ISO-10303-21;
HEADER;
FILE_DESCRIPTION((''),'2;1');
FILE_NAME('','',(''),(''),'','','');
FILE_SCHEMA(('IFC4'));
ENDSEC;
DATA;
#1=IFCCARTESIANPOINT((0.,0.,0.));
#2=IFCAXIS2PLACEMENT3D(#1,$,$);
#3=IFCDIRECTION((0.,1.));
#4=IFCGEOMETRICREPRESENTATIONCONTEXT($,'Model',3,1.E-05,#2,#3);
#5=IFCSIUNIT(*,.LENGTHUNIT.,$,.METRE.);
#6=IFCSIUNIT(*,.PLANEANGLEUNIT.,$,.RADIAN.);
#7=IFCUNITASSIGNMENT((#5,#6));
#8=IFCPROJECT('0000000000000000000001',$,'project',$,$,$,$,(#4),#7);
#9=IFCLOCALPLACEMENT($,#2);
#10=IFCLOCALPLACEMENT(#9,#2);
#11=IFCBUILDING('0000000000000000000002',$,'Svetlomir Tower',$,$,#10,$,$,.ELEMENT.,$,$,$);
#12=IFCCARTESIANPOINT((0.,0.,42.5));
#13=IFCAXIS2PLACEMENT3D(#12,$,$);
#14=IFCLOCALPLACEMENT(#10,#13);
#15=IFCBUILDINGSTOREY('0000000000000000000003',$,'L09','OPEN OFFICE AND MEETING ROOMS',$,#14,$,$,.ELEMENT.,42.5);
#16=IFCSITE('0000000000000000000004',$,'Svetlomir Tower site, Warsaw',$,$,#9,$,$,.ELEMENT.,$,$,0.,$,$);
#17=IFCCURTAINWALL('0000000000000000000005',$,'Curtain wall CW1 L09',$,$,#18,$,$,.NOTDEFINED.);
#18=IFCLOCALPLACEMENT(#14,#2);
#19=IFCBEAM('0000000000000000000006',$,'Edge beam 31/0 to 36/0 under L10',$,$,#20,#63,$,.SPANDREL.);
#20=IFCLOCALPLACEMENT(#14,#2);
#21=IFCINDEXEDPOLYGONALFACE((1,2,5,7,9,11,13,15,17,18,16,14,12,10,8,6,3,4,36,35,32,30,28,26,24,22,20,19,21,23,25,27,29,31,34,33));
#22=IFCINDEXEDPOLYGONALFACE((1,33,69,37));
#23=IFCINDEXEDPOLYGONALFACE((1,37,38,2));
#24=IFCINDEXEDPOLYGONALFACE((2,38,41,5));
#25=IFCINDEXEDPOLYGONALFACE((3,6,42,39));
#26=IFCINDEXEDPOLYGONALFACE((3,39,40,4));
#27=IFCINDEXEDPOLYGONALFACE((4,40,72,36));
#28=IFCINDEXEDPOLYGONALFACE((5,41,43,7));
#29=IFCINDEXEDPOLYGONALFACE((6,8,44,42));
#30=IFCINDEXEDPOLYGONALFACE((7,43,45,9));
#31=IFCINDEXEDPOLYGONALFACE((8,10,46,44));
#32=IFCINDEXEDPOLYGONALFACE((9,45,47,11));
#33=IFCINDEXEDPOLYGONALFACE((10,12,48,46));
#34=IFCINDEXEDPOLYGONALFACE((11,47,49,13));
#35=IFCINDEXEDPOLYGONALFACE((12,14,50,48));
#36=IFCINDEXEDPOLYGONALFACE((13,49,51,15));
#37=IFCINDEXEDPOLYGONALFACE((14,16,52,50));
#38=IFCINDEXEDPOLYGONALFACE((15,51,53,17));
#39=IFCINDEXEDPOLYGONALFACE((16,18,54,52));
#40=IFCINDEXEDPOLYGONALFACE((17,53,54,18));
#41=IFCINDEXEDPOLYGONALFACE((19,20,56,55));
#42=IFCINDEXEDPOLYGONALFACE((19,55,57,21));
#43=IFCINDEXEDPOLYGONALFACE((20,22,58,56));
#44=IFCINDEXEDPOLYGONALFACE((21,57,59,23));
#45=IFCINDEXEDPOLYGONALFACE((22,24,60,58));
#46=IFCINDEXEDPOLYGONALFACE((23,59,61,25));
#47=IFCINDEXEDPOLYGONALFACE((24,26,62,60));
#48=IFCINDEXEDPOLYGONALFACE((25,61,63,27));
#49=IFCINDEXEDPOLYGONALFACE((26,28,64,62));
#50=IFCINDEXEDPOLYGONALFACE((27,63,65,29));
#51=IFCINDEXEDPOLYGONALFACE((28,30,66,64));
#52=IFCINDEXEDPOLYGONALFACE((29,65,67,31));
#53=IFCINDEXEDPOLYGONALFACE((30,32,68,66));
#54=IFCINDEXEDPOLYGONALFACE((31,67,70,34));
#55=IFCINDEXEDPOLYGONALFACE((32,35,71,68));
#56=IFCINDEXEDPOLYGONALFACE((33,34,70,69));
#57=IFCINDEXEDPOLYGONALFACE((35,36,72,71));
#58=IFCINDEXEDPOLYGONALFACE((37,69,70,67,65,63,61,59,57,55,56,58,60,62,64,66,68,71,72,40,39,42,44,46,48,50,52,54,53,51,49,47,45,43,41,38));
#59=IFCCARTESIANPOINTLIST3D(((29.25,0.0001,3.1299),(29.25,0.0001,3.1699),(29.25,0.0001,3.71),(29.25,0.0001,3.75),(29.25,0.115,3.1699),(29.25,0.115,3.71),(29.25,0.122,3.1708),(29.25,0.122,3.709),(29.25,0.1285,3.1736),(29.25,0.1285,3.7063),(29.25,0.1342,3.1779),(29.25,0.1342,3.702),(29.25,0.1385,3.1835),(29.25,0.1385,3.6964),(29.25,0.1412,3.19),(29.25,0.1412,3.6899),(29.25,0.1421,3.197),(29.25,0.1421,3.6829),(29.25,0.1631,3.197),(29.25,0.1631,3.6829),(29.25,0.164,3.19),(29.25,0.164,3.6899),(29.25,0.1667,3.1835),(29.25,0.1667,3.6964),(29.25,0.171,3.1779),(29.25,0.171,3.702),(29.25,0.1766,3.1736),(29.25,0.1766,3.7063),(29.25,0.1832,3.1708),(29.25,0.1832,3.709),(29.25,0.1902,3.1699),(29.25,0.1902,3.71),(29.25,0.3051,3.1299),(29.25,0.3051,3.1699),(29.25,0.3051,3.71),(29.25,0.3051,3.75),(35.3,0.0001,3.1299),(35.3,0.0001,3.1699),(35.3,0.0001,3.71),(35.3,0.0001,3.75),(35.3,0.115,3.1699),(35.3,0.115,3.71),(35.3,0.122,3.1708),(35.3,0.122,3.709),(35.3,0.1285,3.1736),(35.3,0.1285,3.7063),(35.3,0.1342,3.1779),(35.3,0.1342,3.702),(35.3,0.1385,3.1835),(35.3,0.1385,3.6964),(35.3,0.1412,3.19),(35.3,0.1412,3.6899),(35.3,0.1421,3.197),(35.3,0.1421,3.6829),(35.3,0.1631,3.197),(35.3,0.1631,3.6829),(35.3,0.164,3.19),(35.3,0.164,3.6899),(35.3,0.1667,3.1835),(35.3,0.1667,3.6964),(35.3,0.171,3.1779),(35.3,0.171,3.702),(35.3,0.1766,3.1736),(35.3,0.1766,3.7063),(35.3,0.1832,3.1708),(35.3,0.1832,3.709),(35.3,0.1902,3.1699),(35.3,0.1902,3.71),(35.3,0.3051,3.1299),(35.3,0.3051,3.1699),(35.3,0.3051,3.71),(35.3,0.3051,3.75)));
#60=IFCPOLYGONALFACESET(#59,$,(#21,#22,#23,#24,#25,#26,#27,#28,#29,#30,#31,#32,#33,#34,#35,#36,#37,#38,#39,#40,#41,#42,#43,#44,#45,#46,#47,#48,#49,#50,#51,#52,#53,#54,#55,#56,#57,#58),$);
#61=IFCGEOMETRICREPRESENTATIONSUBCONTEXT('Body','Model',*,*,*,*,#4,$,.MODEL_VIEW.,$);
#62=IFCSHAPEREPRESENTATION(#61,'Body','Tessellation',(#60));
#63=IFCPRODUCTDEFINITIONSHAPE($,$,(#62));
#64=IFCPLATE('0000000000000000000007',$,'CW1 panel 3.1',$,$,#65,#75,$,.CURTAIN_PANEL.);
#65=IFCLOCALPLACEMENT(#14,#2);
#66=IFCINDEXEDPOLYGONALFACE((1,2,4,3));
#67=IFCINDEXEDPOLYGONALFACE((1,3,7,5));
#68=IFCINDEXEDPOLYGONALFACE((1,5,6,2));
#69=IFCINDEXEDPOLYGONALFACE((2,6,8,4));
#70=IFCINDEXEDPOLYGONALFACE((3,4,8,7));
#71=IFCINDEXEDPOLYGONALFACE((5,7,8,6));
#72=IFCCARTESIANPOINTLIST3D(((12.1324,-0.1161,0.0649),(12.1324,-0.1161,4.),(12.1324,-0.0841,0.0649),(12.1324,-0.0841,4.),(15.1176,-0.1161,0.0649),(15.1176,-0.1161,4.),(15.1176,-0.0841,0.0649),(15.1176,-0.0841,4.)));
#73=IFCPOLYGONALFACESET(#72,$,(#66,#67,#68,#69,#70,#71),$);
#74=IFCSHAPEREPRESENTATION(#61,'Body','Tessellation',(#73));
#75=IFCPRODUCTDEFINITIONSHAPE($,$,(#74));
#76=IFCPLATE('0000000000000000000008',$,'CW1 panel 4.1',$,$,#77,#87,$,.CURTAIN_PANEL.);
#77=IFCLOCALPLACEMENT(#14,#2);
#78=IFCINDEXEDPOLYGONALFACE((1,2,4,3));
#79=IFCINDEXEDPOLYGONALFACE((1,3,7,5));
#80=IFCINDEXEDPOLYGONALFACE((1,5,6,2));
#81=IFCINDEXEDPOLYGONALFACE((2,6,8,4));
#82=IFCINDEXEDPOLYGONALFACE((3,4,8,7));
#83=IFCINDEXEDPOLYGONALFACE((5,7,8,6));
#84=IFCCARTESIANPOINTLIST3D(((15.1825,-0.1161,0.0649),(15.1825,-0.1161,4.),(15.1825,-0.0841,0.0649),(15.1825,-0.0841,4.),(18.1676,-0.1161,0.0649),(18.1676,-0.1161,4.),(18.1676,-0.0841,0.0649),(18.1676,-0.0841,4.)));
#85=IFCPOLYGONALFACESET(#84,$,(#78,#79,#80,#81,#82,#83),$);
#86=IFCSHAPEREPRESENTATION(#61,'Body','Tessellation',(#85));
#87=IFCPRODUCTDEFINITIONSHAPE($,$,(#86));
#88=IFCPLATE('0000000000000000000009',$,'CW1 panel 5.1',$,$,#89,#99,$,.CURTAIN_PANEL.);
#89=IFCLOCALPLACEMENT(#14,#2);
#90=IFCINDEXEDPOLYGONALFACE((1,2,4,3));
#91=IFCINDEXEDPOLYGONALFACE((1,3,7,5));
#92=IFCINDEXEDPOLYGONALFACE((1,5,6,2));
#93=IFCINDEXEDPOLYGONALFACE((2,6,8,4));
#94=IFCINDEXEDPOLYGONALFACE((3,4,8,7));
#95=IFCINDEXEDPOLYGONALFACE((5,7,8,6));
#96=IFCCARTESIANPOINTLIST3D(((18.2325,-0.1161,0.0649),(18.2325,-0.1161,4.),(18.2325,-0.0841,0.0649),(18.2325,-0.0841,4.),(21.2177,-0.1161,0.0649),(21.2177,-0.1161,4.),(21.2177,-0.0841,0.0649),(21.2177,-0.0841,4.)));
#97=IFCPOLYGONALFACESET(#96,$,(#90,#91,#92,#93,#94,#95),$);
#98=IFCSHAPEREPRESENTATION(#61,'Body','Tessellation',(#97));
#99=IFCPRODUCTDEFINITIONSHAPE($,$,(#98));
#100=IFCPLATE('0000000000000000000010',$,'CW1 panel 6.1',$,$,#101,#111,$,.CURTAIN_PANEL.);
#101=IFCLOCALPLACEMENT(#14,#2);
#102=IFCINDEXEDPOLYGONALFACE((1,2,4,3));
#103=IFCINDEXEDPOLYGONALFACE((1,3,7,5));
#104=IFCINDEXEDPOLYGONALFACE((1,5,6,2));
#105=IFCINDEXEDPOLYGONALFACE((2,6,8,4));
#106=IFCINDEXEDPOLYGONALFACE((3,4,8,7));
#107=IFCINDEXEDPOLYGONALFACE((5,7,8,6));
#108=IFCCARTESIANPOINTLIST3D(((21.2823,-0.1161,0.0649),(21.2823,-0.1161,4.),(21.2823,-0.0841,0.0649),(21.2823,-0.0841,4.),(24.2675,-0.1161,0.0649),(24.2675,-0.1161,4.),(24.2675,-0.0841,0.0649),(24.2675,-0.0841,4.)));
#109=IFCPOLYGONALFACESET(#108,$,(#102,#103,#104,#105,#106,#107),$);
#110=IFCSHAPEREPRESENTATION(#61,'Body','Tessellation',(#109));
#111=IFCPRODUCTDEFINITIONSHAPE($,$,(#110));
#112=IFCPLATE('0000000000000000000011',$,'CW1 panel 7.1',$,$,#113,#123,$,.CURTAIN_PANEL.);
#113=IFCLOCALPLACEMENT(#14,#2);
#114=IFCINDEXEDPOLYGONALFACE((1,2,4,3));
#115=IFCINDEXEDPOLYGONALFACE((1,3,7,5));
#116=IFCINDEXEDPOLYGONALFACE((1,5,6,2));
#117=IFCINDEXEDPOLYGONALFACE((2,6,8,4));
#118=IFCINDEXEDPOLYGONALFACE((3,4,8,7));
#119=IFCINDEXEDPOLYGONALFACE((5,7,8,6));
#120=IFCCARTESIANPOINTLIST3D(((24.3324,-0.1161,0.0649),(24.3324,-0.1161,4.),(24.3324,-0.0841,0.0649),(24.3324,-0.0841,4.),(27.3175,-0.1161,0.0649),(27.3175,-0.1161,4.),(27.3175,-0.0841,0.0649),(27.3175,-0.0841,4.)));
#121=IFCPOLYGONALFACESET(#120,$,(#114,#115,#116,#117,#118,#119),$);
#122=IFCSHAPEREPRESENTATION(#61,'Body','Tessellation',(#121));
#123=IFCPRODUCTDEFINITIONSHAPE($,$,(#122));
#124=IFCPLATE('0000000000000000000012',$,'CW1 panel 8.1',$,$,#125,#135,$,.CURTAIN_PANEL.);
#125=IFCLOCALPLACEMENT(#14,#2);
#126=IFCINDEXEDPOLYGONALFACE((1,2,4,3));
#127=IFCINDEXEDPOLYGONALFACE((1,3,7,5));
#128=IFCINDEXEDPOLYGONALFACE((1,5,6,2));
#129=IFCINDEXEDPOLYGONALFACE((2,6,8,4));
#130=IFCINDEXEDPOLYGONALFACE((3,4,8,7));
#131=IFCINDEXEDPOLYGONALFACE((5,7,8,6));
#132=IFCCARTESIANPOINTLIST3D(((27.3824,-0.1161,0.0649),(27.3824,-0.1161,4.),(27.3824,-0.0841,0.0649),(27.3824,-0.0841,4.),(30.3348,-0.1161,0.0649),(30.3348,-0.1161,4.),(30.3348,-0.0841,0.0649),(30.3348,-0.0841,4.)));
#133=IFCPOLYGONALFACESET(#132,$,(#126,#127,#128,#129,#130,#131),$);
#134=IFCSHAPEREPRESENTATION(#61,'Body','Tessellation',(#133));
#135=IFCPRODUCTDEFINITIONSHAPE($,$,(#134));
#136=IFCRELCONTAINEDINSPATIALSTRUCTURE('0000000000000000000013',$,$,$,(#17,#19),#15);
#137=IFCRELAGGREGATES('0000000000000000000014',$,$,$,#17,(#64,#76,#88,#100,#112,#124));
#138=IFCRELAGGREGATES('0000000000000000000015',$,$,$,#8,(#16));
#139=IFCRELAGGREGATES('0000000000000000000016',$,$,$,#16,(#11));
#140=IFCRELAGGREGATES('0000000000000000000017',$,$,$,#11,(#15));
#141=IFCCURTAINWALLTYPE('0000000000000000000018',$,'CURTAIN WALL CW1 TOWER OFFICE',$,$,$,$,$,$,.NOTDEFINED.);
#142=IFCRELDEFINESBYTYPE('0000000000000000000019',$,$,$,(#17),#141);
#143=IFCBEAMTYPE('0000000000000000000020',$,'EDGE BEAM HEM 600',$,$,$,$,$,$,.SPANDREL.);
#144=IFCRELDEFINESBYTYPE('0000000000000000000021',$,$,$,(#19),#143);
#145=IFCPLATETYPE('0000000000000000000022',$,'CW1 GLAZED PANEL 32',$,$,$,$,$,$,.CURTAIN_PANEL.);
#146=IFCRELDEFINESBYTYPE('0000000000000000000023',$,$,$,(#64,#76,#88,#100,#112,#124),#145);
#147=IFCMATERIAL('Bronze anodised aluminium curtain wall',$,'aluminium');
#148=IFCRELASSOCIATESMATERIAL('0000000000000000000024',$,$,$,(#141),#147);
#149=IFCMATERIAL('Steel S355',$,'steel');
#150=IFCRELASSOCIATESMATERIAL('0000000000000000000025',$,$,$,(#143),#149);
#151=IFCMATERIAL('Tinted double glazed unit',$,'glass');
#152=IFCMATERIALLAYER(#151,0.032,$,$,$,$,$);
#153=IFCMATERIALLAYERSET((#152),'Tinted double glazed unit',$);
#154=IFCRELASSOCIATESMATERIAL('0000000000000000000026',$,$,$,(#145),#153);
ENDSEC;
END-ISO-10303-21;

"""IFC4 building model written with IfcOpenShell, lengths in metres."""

from ifc_helpers import new_model, si_unit, direction, frame, origin, origin_2d, place, context, subcontext, project, spatial, rectangle, i_section, extrude, material, layer, layer_set, material_profile, profile_set, type_object, element, aggregate, save


model = new_model("IFC4")

# Units and contexts
model_context = context("Model", 3, precision=1e-05, world=origin(), true_north=direction((0.0, 1.0)))
body_context = subcontext(model_context, "Body", "Model", "MODEL_VIEW")
ifc_project = project(units=[si_unit("LENGTHUNIT", "METRE"), si_unit("PLANEANGLEUNIT", "RADIAN")], contexts=[model_context])

# Site, building, storey
site_placement = place(None, origin())
site = spatial("IfcSite", under=ifc_project, at=site_placement, Name="Svetlomir Tower site, Warsaw", CompositionType="ELEMENT", RefElevation=0.0)
building_placement = place(site_placement, origin())
building = spatial("IfcBuilding", under=site, at=building_placement, Name="Svetlomir Tower", CompositionType="ELEMENT")
storey_placement = place(building_placement, frame((0.0, 0.0, 42.5)))
storey = spatial("IfcBuildingStorey", under=building, at=storey_placement, Name="L09", Description="OPEN OFFICE AND MEETING ROOMS", CompositionType="ELEMENT", Elevation=42.5)

# Curtain wall
ifc_material_1 = material(Name="Bronze anodised aluminium curtain wall", Category="aluminium")
curtain_wall_type = type_object("IfcCurtainWallType", Name="CURTAIN WALL CW1 TOWER OFFICE", PredefinedType="NOTDEFINED", material=ifc_material_1)
curtain_wall_placement = place(storey_placement, origin())
curtain_wall = element("IfcCurtainWall", 1, at=curtain_wall_placement, inside=storey, type_object=curtain_wall_type, Name="Curtain wall CW1 L09", PredefinedType="NOTDEFINED")

# Beam
ifc_material_2 = material(Name="Steel S355", Category="steel")
ifc_material_profile_1 = material_profile(ifc_material_2, i_section(OverallWidth=0.3049, OverallDepth=0.6201, WebThickness=0.021, FlangeThickness=0.04, FilletRadius=0.0271, at=origin_2d()), Name="HEM 600")
ifc_profile_set_1 = profile_set([ifc_material_profile_1], Name="Steel S355")
beam_type_1 = type_object("IfcBeamType", Name="EDGE BEAM HEM 600", PredefinedType="SPANDREL", material=ifc_profile_set_1)
beam_1_placement = place(storey_placement, frame((29.25, 0.1526, 3.4399), z_axis=(1.0, 0.0, 0.0), x_axis=(0.0, 1.0, 0.0)))
element("IfcBeam", 2, at=beam_1_placement, inside=storey, type_object=beam_type_1, Name="Edge beam 31/0 to 36/0 under L10", PredefinedType="SPANDREL", context=body_context, shape_type="SweptSolid", body=[
    extrude(i_section(OverallWidth=0.3049, OverallDepth=0.6201, WebThickness=0.021, FlangeThickness=0.04, FilletRadius=0.0271, at=origin_2d()), origin(), (0.0, 0.0, 1.0), 6.05),
])

# Plates
ifc_material_3 = material(Name="Tinted double glazed unit", Category="glass")
ifc_layer_1 = layer(ifc_material_3, 0.032)
ifc_layer_set_1 = layer_set([ifc_layer_1], Name="Tinted double glazed unit")
plate_type = type_object("IfcPlateType", Name="CW1 GLAZED PANEL 32", PredefinedType="CURTAIN_PANEL", material=ifc_layer_set_1)
plate_1_placement = place(storey_placement, frame((13.625, -0.1001, 0.0649), z_axis=(0.0, 0.0, 1.0), x_axis=(1.0, 0.0, 0.0)))
plate_1 = element("IfcPlate", 3, at=plate_1_placement, type_object=plate_type, Name="CW1 panel 3.1", PredefinedType="CURTAIN_PANEL", context=body_context, shape_type="SweptSolid", body=[
    extrude(rectangle(XDim=2.9851, YDim=0.032, at=origin_2d()), origin(), (0.0, 0.0, 1.0), 3.9351),
])
plate_2_placement = place(storey_placement, frame((16.675, -0.1001, 0.0649), z_axis=(0.0, 0.0, 1.0), x_axis=(1.0, 0.0, 0.0)))
plate_2 = element("IfcPlate", 4, at=plate_2_placement, type_object=plate_type, Name="CW1 panel 4.1", PredefinedType="CURTAIN_PANEL", context=body_context, shape_type="SweptSolid", body=[
    extrude(rectangle(XDim=2.9851, YDim=0.032, at=origin_2d()), origin(), (0.0, 0.0, 1.0), 3.9351),
])
plate_3_placement = place(storey_placement, frame((19.7251, -0.1001, 0.0649), z_axis=(0.0, 0.0, 1.0), x_axis=(1.0, 0.0, 0.0)))
plate_3 = element("IfcPlate", 5, at=plate_3_placement, type_object=plate_type, Name="CW1 panel 5.1", PredefinedType="CURTAIN_PANEL", context=body_context, shape_type="SweptSolid", body=[
    extrude(rectangle(XDim=2.9851, YDim=0.032, at=origin_2d()), origin(), (0.0, 0.0, 1.0), 3.9351),
])
plate_4_placement = place(storey_placement, frame((22.7749, -0.1001, 0.0649), z_axis=(0.0, 0.0, 1.0), x_axis=(1.0, 0.0, 0.0)))
plate_4 = element("IfcPlate", 6, at=plate_4_placement, type_object=plate_type, Name="CW1 panel 6.1", PredefinedType="CURTAIN_PANEL", context=body_context, shape_type="SweptSolid", body=[
    extrude(rectangle(XDim=2.9851, YDim=0.032, at=origin_2d()), origin(), (0.0, 0.0, 1.0), 3.9351),
])
plate_5_placement = place(storey_placement, frame((25.825, -0.1001, 0.0649), z_axis=(0.0, 0.0, 1.0), x_axis=(1.0, 0.0, 0.0)))
plate_5 = element("IfcPlate", 7, at=plate_5_placement, type_object=plate_type, Name="CW1 panel 7.1", PredefinedType="CURTAIN_PANEL", context=body_context, shape_type="SweptSolid", body=[
    extrude(rectangle(XDim=2.9851, YDim=0.032, at=origin_2d()), origin(), (0.0, 0.0, 1.0), 3.9351),
])
plate_6_placement = place(storey_placement, frame((28.8586, -0.1001, 0.0649), z_axis=(0.0, 0.0, 1.0), x_axis=(1.0, 0.0, 0.0)))
plate_6 = element("IfcPlate", 8, at=plate_6_placement, type_object=plate_type, Name="CW1 panel 8.1", PredefinedType="CURTAIN_PANEL", context=body_context, shape_type="SweptSolid", body=[
    extrude(rectangle(XDim=2.9524, YDim=0.032, at=origin_2d()), origin(), (0.0, 0.0, 1.0), 3.9351),
])
aggregate(curtain_wall, [plate_1, plate_2, plate_3, plate_4, plate_5, plate_6])

save(model, "model.ifc")
